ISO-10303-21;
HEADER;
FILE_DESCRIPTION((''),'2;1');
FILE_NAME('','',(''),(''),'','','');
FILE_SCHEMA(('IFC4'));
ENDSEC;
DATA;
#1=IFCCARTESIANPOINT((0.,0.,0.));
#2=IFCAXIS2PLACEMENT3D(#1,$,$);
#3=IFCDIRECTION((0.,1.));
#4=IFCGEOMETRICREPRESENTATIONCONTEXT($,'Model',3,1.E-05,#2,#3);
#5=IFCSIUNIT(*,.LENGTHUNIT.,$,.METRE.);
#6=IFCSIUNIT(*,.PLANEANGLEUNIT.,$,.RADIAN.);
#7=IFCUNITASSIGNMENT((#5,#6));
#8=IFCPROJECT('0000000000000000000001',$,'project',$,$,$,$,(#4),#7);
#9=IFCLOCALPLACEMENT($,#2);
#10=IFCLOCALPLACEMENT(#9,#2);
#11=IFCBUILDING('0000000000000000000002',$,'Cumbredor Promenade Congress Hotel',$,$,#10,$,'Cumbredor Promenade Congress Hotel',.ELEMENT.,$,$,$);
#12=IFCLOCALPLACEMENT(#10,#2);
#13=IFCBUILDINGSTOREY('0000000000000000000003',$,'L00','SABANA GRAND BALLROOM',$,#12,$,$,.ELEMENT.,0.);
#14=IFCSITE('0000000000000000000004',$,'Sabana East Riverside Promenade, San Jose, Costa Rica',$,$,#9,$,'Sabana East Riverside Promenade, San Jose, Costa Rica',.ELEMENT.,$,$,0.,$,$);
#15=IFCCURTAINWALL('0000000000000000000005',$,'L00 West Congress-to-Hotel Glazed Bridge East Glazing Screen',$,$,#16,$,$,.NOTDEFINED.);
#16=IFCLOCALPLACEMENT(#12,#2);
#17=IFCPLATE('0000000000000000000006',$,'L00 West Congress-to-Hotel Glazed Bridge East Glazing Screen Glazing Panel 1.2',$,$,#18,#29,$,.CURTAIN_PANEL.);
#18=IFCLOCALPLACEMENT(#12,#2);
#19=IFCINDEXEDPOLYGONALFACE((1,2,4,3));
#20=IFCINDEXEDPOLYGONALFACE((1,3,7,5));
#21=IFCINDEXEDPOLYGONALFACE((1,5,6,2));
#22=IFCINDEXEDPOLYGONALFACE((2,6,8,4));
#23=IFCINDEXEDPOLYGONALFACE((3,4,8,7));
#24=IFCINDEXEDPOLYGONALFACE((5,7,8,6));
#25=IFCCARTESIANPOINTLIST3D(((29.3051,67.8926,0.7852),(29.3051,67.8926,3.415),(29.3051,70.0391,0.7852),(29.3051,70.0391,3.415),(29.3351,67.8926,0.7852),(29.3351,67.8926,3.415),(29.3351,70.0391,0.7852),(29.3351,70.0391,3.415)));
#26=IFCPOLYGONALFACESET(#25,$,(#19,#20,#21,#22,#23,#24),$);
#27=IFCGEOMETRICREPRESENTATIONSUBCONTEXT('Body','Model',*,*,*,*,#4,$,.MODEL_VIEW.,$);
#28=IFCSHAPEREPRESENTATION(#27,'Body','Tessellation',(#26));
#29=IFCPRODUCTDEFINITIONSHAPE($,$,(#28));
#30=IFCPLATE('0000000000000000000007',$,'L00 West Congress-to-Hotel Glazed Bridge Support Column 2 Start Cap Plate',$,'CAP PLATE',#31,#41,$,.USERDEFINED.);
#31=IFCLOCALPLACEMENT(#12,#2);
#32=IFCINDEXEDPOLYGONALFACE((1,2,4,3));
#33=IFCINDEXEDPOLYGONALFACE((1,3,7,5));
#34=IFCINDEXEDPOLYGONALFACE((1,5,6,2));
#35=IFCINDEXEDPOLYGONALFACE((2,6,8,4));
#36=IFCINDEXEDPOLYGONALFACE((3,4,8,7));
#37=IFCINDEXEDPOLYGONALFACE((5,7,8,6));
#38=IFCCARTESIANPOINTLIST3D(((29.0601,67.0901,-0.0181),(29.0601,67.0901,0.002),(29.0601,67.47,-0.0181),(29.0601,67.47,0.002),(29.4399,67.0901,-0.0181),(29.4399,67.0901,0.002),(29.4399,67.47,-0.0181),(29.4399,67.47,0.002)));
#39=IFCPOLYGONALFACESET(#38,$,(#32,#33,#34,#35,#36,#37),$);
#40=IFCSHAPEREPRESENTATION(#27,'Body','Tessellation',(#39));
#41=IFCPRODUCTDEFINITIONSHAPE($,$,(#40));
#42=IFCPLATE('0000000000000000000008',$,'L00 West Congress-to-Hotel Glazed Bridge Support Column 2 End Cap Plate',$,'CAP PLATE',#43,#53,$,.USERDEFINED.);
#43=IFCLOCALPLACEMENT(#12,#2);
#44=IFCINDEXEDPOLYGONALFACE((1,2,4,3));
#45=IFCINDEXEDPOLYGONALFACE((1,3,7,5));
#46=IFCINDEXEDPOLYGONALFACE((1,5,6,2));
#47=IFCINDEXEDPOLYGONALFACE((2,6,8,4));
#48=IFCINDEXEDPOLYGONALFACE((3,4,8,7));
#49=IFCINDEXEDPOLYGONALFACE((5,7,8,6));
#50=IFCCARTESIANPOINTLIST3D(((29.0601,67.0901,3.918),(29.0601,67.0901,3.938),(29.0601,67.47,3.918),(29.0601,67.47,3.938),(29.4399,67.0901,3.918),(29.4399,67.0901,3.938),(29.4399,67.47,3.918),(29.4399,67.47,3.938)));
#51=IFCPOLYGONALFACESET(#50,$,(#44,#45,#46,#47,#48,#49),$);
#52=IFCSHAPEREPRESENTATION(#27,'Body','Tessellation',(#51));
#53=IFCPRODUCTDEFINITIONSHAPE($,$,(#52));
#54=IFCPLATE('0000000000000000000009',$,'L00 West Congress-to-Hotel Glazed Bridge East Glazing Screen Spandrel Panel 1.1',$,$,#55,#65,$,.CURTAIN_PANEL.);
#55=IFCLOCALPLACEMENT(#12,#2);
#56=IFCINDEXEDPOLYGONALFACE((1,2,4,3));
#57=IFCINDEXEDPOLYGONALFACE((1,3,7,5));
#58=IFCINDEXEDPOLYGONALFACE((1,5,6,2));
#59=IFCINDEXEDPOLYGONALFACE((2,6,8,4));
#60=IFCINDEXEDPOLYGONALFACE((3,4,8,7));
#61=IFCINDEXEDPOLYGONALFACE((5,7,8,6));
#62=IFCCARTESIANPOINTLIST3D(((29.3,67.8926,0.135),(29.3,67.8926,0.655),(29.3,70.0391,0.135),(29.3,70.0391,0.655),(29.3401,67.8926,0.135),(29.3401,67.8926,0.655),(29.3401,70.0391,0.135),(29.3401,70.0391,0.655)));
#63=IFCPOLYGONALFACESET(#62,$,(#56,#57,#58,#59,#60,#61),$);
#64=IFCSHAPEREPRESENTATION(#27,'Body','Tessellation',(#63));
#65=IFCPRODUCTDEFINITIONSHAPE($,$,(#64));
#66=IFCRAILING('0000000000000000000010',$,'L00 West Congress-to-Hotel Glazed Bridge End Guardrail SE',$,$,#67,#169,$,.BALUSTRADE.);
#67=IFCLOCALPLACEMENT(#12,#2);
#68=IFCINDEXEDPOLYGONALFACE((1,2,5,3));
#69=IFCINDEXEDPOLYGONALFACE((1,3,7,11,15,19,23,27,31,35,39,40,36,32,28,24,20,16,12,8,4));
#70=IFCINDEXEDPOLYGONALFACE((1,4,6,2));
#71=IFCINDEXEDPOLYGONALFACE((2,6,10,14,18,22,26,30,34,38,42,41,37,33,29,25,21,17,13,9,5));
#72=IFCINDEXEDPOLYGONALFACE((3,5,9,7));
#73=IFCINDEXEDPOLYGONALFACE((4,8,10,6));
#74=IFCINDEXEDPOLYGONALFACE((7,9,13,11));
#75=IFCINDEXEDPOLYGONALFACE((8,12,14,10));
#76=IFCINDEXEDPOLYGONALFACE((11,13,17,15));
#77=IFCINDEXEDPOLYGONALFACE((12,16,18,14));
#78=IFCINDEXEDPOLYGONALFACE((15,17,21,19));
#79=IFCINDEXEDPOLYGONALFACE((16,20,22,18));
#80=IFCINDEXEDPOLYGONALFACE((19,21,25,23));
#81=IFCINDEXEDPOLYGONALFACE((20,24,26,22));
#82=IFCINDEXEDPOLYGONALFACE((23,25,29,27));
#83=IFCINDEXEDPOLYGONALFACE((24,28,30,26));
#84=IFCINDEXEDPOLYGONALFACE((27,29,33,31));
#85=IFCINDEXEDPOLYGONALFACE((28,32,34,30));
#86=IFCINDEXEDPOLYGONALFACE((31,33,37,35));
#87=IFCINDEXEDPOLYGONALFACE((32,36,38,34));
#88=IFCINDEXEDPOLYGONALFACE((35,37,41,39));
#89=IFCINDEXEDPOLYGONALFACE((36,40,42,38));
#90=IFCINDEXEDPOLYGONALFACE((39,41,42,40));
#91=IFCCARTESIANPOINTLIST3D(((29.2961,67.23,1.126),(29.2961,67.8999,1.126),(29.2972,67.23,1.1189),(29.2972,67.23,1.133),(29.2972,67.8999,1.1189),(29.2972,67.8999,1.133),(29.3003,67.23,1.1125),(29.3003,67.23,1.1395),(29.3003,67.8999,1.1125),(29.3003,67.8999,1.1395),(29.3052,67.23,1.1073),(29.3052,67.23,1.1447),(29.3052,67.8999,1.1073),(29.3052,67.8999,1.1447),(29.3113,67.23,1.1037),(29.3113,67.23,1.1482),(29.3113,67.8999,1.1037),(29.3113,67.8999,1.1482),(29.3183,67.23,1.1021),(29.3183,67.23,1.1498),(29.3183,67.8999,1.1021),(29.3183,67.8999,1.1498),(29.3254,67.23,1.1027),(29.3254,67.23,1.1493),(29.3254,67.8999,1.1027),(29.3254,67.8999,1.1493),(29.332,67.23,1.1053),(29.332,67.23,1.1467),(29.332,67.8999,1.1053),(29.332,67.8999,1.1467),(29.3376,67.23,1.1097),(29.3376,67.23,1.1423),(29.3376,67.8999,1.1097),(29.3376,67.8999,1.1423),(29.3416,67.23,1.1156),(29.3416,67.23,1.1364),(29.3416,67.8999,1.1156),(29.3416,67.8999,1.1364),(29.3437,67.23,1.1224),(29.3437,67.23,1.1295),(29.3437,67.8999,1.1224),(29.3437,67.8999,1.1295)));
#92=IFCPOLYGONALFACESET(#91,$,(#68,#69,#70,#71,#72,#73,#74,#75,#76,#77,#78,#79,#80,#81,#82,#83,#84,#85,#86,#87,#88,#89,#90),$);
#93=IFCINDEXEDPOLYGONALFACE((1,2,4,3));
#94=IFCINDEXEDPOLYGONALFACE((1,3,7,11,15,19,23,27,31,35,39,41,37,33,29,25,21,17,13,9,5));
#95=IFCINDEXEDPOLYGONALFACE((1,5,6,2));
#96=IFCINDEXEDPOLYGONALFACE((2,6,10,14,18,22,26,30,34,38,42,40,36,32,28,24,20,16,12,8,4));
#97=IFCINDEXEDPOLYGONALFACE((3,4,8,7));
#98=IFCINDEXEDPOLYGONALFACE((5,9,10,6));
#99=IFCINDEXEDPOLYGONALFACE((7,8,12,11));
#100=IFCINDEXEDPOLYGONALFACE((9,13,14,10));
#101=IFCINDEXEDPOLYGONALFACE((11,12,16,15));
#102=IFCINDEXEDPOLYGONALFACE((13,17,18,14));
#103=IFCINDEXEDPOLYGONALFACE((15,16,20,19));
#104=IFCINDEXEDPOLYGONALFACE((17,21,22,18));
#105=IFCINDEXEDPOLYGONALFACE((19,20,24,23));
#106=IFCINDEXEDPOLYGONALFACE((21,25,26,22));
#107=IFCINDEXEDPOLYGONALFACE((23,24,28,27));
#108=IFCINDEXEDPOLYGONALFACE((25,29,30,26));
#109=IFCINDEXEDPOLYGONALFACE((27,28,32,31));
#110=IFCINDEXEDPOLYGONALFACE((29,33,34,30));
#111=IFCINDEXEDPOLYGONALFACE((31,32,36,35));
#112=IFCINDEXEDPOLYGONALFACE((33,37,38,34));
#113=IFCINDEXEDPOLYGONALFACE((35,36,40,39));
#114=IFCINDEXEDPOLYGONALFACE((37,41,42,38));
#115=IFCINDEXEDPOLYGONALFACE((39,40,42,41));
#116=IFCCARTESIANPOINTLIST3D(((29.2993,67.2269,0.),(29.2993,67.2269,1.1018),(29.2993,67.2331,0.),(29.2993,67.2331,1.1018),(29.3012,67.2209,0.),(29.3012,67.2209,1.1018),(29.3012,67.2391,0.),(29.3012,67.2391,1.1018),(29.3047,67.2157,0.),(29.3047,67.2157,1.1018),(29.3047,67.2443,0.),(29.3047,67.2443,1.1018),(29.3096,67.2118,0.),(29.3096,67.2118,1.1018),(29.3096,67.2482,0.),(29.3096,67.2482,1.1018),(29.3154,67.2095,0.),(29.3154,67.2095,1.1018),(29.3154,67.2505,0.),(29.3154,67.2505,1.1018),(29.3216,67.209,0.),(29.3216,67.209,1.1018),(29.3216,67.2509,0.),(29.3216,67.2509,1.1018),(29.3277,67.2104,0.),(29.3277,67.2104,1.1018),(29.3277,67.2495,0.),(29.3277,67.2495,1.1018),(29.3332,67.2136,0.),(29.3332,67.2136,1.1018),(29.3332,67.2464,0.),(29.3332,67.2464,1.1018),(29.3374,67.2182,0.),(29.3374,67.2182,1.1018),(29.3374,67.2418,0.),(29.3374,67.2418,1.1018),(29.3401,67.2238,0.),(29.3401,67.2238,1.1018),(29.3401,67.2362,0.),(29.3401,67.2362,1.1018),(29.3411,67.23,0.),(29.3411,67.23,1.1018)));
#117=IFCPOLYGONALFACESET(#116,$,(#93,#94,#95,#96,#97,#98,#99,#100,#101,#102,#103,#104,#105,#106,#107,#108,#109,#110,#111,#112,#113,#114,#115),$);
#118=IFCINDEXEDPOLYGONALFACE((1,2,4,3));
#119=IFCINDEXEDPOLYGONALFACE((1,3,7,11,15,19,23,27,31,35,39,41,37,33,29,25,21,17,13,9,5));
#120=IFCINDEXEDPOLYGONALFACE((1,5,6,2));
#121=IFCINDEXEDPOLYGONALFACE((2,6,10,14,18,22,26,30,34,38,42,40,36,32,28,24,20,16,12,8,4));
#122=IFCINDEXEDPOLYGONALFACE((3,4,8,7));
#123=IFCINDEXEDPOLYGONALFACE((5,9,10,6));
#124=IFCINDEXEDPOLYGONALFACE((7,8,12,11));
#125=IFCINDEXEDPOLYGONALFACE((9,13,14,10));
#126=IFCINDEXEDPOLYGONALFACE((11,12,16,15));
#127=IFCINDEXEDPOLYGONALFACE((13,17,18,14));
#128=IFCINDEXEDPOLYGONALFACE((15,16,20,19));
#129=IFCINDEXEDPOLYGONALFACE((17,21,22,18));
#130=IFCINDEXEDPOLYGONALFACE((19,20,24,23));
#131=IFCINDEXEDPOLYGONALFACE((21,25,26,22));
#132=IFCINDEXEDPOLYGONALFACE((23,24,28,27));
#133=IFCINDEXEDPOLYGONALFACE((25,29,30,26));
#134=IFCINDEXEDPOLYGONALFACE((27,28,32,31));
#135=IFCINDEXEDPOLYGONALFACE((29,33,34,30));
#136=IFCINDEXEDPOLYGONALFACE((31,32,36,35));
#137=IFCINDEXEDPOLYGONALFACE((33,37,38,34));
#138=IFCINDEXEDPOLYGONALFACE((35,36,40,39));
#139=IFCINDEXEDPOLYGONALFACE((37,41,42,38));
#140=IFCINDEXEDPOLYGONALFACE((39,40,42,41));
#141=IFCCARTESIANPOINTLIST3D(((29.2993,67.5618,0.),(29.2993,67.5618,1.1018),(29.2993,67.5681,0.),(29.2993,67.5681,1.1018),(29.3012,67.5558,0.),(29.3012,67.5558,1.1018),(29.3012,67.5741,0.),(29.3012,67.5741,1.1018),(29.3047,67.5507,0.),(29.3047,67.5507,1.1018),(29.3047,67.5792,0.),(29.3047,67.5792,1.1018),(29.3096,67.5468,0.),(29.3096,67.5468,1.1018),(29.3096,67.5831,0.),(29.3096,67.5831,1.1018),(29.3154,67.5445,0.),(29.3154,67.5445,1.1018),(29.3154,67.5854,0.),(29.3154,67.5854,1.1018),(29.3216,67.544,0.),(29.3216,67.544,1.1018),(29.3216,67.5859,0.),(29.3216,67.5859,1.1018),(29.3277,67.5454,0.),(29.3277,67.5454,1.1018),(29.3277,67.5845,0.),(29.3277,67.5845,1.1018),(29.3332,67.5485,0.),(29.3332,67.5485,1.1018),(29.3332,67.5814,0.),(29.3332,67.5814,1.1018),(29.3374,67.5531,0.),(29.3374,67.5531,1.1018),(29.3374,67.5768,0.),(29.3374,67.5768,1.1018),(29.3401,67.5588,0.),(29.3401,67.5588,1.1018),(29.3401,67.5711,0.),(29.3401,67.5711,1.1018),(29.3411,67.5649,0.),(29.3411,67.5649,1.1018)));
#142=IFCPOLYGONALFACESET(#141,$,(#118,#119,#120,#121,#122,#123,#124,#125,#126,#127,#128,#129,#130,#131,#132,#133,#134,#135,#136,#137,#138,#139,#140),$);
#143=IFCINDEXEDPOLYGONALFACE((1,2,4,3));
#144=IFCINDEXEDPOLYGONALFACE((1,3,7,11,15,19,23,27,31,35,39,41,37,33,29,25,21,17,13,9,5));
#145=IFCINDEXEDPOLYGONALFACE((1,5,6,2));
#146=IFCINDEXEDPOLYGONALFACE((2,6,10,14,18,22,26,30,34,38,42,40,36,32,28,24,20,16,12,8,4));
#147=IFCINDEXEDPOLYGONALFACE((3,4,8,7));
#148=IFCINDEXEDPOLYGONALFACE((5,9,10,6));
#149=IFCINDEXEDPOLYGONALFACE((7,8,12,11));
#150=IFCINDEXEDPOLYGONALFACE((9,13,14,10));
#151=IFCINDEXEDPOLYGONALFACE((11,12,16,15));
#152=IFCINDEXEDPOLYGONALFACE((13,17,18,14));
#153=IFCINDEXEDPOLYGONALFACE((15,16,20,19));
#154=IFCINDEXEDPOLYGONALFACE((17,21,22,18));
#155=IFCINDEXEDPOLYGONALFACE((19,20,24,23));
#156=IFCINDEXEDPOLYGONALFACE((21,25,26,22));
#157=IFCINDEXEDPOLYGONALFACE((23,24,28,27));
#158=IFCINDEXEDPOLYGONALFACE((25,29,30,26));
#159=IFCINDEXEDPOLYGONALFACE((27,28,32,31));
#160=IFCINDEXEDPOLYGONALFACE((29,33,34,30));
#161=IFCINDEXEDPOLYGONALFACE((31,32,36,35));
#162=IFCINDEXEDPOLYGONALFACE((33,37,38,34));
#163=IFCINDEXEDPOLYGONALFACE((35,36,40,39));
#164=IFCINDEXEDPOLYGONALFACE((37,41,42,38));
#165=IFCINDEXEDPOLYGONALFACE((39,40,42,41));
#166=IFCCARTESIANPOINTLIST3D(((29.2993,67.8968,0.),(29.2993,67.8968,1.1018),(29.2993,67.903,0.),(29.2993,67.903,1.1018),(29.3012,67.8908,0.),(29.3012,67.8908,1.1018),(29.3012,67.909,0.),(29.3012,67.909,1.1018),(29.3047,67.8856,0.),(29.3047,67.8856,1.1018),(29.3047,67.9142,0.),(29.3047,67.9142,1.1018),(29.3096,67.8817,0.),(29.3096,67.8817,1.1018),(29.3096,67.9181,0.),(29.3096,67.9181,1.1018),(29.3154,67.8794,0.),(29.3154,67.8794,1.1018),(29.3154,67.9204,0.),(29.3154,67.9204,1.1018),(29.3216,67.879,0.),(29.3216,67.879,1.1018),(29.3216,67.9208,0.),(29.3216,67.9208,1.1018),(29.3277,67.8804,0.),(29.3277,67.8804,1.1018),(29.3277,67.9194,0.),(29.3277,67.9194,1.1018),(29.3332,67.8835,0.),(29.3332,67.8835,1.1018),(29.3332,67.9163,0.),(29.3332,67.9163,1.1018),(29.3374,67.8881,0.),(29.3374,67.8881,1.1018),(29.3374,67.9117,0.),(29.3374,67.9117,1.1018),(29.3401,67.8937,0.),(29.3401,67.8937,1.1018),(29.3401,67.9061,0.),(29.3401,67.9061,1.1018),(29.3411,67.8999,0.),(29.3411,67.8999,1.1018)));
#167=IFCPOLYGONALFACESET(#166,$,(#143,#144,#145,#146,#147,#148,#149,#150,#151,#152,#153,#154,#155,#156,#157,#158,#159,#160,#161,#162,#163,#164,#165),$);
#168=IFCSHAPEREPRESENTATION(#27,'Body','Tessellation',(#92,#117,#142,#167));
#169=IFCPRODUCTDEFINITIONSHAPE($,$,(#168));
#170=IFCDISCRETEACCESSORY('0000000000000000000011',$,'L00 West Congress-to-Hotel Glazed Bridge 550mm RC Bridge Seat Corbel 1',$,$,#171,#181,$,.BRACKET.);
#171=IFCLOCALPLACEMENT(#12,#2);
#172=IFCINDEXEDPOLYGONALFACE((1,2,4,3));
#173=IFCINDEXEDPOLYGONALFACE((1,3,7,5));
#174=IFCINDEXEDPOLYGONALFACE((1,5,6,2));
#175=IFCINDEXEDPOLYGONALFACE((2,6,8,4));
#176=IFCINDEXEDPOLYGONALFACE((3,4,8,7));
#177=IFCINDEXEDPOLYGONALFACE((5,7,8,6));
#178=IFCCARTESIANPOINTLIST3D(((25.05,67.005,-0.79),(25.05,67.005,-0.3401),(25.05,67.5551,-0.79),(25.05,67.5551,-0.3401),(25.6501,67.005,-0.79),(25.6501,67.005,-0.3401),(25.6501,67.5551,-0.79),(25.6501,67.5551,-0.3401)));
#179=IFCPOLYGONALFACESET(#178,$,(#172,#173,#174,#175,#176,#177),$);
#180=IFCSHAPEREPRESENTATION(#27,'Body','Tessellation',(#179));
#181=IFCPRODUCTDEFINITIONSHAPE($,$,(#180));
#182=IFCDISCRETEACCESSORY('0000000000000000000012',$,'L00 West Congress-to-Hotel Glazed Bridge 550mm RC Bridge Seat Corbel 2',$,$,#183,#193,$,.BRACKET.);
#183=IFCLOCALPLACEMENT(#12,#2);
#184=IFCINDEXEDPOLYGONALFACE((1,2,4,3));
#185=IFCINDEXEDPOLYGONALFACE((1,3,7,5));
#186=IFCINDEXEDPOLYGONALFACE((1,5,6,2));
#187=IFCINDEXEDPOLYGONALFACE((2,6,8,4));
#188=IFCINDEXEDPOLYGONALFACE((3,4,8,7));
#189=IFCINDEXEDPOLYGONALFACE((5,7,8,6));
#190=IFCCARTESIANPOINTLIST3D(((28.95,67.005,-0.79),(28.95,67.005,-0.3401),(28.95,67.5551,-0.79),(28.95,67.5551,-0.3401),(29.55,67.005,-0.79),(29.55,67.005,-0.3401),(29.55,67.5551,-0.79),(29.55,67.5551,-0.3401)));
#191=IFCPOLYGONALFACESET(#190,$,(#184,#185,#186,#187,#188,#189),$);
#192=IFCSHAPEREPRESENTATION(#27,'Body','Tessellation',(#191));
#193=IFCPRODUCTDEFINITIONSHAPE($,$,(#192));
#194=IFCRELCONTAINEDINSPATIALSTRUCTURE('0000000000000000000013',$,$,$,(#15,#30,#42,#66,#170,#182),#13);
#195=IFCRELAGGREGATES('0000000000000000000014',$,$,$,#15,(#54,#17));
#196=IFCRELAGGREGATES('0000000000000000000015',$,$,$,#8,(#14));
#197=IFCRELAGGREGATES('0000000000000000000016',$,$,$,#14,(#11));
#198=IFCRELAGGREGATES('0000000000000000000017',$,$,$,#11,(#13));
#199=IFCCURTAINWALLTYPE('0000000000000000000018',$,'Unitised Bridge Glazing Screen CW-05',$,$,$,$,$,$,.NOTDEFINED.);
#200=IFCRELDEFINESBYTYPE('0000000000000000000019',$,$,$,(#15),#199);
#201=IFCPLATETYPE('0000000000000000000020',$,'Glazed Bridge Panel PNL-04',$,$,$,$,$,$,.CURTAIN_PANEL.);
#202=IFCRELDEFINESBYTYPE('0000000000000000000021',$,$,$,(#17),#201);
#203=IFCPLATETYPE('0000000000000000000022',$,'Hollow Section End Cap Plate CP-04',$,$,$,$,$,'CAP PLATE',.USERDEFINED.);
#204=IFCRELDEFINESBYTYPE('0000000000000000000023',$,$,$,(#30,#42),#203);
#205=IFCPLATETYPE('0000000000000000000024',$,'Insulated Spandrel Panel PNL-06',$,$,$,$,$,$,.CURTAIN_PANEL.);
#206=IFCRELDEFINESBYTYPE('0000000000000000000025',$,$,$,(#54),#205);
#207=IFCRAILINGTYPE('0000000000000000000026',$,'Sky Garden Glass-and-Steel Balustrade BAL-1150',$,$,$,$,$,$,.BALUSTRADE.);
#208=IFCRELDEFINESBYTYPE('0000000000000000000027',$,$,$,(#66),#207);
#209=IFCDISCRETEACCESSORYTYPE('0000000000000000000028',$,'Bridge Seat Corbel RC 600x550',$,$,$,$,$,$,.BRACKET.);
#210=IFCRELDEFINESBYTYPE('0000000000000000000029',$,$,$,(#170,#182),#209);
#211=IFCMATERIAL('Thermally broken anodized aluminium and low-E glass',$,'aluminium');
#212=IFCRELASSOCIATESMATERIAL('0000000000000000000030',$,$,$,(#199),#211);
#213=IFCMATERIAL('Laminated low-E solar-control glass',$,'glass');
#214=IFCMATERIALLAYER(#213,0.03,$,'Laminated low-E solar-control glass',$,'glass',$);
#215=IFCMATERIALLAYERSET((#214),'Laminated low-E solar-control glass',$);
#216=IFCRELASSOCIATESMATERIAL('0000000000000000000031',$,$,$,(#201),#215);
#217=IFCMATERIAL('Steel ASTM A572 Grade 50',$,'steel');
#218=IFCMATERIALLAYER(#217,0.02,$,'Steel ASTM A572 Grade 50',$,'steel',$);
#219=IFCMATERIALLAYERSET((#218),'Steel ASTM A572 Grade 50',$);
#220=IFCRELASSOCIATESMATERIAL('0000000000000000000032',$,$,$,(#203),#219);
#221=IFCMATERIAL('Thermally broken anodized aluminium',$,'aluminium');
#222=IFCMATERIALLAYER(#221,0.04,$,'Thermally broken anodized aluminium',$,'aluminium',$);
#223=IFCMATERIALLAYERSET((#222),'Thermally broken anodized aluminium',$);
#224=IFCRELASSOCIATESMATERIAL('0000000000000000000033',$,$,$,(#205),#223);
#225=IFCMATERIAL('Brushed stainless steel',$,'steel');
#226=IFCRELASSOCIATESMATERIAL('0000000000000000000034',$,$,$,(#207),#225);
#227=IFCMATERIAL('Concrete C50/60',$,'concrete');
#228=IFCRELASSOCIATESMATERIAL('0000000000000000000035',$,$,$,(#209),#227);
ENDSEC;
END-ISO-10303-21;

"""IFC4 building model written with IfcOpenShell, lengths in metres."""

from ifc_helpers import new_model, si_unit, direction, frame, origin, origin_2d, place, context, subcontext, project, spatial, rectangle, circle, extrude, material, layer, layer_set, type_object, element, aggregate, save


model = new_model("IFC4")

# Units and contexts
model_context = context("Model", 3, precision=1e-05, world=origin(), true_north=direction((0.0, 1.0)))
body_context = subcontext(model_context, "Body", "Model", "MODEL_VIEW")
ifc_project = project(units=[si_unit("LENGTHUNIT", "METRE"), si_unit("PLANEANGLEUNIT", "RADIAN")], contexts=[model_context])

# Site, building, storey
site_placement = place(None, origin())
site = spatial("IfcSite", under=ifc_project, at=site_placement, Name="Sabana East Riverside Promenade, San Jose, Costa Rica", LongName="Sabana East Riverside Promenade, San Jose, Costa Rica", CompositionType="ELEMENT", RefElevation=0.0)
building_placement = place(site_placement, origin())
building = spatial("IfcBuilding", under=site, at=building_placement, Name="Cumbredor Promenade Congress Hotel", LongName="Cumbredor Promenade Congress Hotel", CompositionType="ELEMENT")
storey_placement = place(building_placement, origin())
storey = spatial("IfcBuildingStorey", under=building, at=storey_placement, Name="L00", Description="SABANA GRAND BALLROOM", CompositionType="ELEMENT", Elevation=0.0)

# Shared definitions
ifc_material_1 = material(Name="Concrete C50/60", Category="concrete")

# Curtain wall
ifc_material_2 = material(Name="Thermally broken anodized aluminium and low-E glass", Category="aluminium")
curtain_wall_type = type_object("IfcCurtainWallType", Name="Unitised Bridge Glazing Screen CW-05", PredefinedType="NOTDEFINED", material=ifc_material_2)
curtain_wall_placement = place(storey_placement, origin())
curtain_wall = element("IfcCurtainWall", 1, at=curtain_wall_placement, inside=storey, type_object=curtain_wall_type, Name="L00 West Congress-to-Hotel Glazed Bridge East Glazing Screen", PredefinedType="NOTDEFINED")
ifc_material_3 = material(Name="Thermally broken anodized aluminium", Category="aluminium")

# Plate
ifc_material_4 = material(Name="Laminated low-E solar-control glass", Category="glass")
ifc_layer_1 = layer(ifc_material_4, 0.03, Name="Laminated low-E solar-control glass", Category="glass")
ifc_layer_set_1 = layer_set([ifc_layer_1], Name="Laminated low-E solar-control glass")
plate_type_1 = type_object("IfcPlateType", Name="Glazed Bridge Panel PNL-04", PredefinedType="CURTAIN_PANEL", material=ifc_layer_set_1)
plate_1_placement = place(storey_placement, frame((29.3201, 68.9658, 0.7852), z_axis=(0.0, 0.0, 1.0), x_axis=(0.0, 1.0, 0.0)))
plate_1 = element("IfcPlate", 2, at=plate_1_placement, type_object=plate_type_1, Name="L00 West Congress-to-Hotel Glazed Bridge East Glazing Screen Glazing Panel 1.2", PredefinedType="CURTAIN_PANEL", context=body_context, shape_type="SweptSolid", body=[
    extrude(rectangle(XDim=2.1465, YDim=0.03, at=origin_2d()), origin(), (0.0, 0.0, 1.0), 2.6299),
])

# Plates
ifc_material_5 = material(Name="Steel ASTM A572 Grade 50", Category="steel")
ifc_layer_2 = layer(ifc_material_5, 0.02, Name="Steel ASTM A572 Grade 50", Category="steel")
ifc_layer_set_2 = layer_set([ifc_layer_2], Name="Steel ASTM A572 Grade 50")
plate_type_2 = type_object("IfcPlateType", Name="Hollow Section End Cap Plate CP-04", ElementType="CAP PLATE", PredefinedType="USERDEFINED", material=ifc_layer_set_2)
for number, where, z_axis, x_axis, name in (
    (3, (29.25, 67.28, -0.0181), (0.0, 0.0, 1.0), (1.0, 0.0, 0.0), "L00 West Congress-to-Hotel Glazed Bridge Support Column 2 Start Cap Plate"),
    (4, (29.25, 67.28, 3.918), (0.0, 0.0, 1.0), (1.0, 0.0, 0.0), "L00 West Congress-to-Hotel Glazed Bridge Support Column 2 End Cap Plate"),
):
    element("IfcPlate", number, at=place(storey_placement, frame(where, z_axis=z_axis, x_axis=x_axis)), inside=storey, type_object=plate_type_2, Name=name, ObjectType="CAP PLATE", PredefinedType="USERDEFINED", context=body_context, shape_type="SweptSolid", body=[
        extrude(rectangle(XDim=0.3799, YDim=0.3799, at=origin_2d()), origin(), (0.0, 0.0, 1.0), 0.02),
    ])

# Plate
ifc_layer_3 = layer(ifc_material_3, 0.04, Name="Thermally broken anodized aluminium", Category="aluminium")
ifc_layer_set_3 = layer_set([ifc_layer_3], Name="Thermally broken anodized aluminium")
plate_type_3 = type_object("IfcPlateType", Name="Insulated Spandrel Panel PNL-06", PredefinedType="CURTAIN_PANEL", material=ifc_layer_set_3)
plate_2_placement = place(storey_placement, frame((29.3201, 68.9658, 0.135), z_axis=(0.0, 0.0, 1.0), x_axis=(0.0, 1.0, 0.0)))
plate_2 = element("IfcPlate", 5, at=plate_2_placement, type_object=plate_type_3, Name="L00 West Congress-to-Hotel Glazed Bridge East Glazing Screen Spandrel Panel 1.1", PredefinedType="CURTAIN_PANEL", context=body_context, shape_type="SweptSolid", body=[
    extrude(rectangle(XDim=2.1465, YDim=0.04, at=origin_2d()), origin(), (0.0, 0.0, 1.0), 0.52),
])
aggregate(curtain_wall, [plate_2, plate_1])

# Railing
ifc_material_6 = material(Name="Brushed stainless steel", Category="steel")
railing_type = type_object("IfcRailingType", Name="Sky Garden Glass-and-Steel Balustrade BAL-1150", PredefinedType="BALUSTRADE", material=ifc_material_6)
railing_placement = place(storey_placement, frame((29.3201, 67.23, 0.0)))
element("IfcRailing", 6, at=railing_placement, inside=storey, type_object=railing_type, Name="L00 West Congress-to-Hotel Glazed Bridge End Guardrail SE", PredefinedType="BALUSTRADE", context=body_context, shape_type="SweptSolid", body=[
    extrude(circle(Radius=0.0239, at=origin_2d()), frame((0.0, 0.0, 1.126), z_axis=(0.0, 1.0, 0.0), x_axis=(-1.0, 0.0, 0.0)), (0.0, 0.0, 1.0), 0.6699),
    extrude(circle(Radius=0.021, at=origin_2d()), origin(), (0.0, 0.0, 1.0), 1.1018),
    extrude(circle(Radius=0.021, at=origin_2d()), frame((0.0, 0.335, 0.0)), (0.0, 0.0, 1.0), 1.1018),
    extrude(circle(Radius=0.021, at=origin_2d()), frame((0.0, 0.6699, 0.0)), (0.0, 0.0, 1.0), 1.1018),
])

# Discrete accessories
discrete_accessory_type_1 = type_object("IfcDiscreteAccessoryType", Name="Bridge Seat Corbel RC 600x550", PredefinedType="BRACKET", material=ifc_material_1)
for number, where, z_axis, x_axis, name in (
    (7, (25.3501, 67.28, -0.79), (0.0, 0.0, 1.0), (0.0, 1.0, 0.0), "L00 West Congress-to-Hotel Glazed Bridge 550mm RC Bridge Seat Corbel 1"),
    (8, (29.25, 67.28, -0.79), (0.0, 0.0, 1.0), (0.0, 1.0, 0.0), "L00 West Congress-to-Hotel Glazed Bridge 550mm RC Bridge Seat Corbel 2"),
):
    element("IfcDiscreteAccessory", number, at=place(storey_placement, frame(where, z_axis=z_axis, x_axis=x_axis)), inside=storey, type_object=discrete_accessory_type_1, Name=name, PredefinedType="BRACKET", context=body_context, shape_type="SweptSolid", body=[
        extrude(rectangle(XDim=0.55, YDim=0.6001, at=origin_2d()), origin(), (0.0, 0.0, 1.0), 0.45),
    ])

save(model, "model.ifc")
